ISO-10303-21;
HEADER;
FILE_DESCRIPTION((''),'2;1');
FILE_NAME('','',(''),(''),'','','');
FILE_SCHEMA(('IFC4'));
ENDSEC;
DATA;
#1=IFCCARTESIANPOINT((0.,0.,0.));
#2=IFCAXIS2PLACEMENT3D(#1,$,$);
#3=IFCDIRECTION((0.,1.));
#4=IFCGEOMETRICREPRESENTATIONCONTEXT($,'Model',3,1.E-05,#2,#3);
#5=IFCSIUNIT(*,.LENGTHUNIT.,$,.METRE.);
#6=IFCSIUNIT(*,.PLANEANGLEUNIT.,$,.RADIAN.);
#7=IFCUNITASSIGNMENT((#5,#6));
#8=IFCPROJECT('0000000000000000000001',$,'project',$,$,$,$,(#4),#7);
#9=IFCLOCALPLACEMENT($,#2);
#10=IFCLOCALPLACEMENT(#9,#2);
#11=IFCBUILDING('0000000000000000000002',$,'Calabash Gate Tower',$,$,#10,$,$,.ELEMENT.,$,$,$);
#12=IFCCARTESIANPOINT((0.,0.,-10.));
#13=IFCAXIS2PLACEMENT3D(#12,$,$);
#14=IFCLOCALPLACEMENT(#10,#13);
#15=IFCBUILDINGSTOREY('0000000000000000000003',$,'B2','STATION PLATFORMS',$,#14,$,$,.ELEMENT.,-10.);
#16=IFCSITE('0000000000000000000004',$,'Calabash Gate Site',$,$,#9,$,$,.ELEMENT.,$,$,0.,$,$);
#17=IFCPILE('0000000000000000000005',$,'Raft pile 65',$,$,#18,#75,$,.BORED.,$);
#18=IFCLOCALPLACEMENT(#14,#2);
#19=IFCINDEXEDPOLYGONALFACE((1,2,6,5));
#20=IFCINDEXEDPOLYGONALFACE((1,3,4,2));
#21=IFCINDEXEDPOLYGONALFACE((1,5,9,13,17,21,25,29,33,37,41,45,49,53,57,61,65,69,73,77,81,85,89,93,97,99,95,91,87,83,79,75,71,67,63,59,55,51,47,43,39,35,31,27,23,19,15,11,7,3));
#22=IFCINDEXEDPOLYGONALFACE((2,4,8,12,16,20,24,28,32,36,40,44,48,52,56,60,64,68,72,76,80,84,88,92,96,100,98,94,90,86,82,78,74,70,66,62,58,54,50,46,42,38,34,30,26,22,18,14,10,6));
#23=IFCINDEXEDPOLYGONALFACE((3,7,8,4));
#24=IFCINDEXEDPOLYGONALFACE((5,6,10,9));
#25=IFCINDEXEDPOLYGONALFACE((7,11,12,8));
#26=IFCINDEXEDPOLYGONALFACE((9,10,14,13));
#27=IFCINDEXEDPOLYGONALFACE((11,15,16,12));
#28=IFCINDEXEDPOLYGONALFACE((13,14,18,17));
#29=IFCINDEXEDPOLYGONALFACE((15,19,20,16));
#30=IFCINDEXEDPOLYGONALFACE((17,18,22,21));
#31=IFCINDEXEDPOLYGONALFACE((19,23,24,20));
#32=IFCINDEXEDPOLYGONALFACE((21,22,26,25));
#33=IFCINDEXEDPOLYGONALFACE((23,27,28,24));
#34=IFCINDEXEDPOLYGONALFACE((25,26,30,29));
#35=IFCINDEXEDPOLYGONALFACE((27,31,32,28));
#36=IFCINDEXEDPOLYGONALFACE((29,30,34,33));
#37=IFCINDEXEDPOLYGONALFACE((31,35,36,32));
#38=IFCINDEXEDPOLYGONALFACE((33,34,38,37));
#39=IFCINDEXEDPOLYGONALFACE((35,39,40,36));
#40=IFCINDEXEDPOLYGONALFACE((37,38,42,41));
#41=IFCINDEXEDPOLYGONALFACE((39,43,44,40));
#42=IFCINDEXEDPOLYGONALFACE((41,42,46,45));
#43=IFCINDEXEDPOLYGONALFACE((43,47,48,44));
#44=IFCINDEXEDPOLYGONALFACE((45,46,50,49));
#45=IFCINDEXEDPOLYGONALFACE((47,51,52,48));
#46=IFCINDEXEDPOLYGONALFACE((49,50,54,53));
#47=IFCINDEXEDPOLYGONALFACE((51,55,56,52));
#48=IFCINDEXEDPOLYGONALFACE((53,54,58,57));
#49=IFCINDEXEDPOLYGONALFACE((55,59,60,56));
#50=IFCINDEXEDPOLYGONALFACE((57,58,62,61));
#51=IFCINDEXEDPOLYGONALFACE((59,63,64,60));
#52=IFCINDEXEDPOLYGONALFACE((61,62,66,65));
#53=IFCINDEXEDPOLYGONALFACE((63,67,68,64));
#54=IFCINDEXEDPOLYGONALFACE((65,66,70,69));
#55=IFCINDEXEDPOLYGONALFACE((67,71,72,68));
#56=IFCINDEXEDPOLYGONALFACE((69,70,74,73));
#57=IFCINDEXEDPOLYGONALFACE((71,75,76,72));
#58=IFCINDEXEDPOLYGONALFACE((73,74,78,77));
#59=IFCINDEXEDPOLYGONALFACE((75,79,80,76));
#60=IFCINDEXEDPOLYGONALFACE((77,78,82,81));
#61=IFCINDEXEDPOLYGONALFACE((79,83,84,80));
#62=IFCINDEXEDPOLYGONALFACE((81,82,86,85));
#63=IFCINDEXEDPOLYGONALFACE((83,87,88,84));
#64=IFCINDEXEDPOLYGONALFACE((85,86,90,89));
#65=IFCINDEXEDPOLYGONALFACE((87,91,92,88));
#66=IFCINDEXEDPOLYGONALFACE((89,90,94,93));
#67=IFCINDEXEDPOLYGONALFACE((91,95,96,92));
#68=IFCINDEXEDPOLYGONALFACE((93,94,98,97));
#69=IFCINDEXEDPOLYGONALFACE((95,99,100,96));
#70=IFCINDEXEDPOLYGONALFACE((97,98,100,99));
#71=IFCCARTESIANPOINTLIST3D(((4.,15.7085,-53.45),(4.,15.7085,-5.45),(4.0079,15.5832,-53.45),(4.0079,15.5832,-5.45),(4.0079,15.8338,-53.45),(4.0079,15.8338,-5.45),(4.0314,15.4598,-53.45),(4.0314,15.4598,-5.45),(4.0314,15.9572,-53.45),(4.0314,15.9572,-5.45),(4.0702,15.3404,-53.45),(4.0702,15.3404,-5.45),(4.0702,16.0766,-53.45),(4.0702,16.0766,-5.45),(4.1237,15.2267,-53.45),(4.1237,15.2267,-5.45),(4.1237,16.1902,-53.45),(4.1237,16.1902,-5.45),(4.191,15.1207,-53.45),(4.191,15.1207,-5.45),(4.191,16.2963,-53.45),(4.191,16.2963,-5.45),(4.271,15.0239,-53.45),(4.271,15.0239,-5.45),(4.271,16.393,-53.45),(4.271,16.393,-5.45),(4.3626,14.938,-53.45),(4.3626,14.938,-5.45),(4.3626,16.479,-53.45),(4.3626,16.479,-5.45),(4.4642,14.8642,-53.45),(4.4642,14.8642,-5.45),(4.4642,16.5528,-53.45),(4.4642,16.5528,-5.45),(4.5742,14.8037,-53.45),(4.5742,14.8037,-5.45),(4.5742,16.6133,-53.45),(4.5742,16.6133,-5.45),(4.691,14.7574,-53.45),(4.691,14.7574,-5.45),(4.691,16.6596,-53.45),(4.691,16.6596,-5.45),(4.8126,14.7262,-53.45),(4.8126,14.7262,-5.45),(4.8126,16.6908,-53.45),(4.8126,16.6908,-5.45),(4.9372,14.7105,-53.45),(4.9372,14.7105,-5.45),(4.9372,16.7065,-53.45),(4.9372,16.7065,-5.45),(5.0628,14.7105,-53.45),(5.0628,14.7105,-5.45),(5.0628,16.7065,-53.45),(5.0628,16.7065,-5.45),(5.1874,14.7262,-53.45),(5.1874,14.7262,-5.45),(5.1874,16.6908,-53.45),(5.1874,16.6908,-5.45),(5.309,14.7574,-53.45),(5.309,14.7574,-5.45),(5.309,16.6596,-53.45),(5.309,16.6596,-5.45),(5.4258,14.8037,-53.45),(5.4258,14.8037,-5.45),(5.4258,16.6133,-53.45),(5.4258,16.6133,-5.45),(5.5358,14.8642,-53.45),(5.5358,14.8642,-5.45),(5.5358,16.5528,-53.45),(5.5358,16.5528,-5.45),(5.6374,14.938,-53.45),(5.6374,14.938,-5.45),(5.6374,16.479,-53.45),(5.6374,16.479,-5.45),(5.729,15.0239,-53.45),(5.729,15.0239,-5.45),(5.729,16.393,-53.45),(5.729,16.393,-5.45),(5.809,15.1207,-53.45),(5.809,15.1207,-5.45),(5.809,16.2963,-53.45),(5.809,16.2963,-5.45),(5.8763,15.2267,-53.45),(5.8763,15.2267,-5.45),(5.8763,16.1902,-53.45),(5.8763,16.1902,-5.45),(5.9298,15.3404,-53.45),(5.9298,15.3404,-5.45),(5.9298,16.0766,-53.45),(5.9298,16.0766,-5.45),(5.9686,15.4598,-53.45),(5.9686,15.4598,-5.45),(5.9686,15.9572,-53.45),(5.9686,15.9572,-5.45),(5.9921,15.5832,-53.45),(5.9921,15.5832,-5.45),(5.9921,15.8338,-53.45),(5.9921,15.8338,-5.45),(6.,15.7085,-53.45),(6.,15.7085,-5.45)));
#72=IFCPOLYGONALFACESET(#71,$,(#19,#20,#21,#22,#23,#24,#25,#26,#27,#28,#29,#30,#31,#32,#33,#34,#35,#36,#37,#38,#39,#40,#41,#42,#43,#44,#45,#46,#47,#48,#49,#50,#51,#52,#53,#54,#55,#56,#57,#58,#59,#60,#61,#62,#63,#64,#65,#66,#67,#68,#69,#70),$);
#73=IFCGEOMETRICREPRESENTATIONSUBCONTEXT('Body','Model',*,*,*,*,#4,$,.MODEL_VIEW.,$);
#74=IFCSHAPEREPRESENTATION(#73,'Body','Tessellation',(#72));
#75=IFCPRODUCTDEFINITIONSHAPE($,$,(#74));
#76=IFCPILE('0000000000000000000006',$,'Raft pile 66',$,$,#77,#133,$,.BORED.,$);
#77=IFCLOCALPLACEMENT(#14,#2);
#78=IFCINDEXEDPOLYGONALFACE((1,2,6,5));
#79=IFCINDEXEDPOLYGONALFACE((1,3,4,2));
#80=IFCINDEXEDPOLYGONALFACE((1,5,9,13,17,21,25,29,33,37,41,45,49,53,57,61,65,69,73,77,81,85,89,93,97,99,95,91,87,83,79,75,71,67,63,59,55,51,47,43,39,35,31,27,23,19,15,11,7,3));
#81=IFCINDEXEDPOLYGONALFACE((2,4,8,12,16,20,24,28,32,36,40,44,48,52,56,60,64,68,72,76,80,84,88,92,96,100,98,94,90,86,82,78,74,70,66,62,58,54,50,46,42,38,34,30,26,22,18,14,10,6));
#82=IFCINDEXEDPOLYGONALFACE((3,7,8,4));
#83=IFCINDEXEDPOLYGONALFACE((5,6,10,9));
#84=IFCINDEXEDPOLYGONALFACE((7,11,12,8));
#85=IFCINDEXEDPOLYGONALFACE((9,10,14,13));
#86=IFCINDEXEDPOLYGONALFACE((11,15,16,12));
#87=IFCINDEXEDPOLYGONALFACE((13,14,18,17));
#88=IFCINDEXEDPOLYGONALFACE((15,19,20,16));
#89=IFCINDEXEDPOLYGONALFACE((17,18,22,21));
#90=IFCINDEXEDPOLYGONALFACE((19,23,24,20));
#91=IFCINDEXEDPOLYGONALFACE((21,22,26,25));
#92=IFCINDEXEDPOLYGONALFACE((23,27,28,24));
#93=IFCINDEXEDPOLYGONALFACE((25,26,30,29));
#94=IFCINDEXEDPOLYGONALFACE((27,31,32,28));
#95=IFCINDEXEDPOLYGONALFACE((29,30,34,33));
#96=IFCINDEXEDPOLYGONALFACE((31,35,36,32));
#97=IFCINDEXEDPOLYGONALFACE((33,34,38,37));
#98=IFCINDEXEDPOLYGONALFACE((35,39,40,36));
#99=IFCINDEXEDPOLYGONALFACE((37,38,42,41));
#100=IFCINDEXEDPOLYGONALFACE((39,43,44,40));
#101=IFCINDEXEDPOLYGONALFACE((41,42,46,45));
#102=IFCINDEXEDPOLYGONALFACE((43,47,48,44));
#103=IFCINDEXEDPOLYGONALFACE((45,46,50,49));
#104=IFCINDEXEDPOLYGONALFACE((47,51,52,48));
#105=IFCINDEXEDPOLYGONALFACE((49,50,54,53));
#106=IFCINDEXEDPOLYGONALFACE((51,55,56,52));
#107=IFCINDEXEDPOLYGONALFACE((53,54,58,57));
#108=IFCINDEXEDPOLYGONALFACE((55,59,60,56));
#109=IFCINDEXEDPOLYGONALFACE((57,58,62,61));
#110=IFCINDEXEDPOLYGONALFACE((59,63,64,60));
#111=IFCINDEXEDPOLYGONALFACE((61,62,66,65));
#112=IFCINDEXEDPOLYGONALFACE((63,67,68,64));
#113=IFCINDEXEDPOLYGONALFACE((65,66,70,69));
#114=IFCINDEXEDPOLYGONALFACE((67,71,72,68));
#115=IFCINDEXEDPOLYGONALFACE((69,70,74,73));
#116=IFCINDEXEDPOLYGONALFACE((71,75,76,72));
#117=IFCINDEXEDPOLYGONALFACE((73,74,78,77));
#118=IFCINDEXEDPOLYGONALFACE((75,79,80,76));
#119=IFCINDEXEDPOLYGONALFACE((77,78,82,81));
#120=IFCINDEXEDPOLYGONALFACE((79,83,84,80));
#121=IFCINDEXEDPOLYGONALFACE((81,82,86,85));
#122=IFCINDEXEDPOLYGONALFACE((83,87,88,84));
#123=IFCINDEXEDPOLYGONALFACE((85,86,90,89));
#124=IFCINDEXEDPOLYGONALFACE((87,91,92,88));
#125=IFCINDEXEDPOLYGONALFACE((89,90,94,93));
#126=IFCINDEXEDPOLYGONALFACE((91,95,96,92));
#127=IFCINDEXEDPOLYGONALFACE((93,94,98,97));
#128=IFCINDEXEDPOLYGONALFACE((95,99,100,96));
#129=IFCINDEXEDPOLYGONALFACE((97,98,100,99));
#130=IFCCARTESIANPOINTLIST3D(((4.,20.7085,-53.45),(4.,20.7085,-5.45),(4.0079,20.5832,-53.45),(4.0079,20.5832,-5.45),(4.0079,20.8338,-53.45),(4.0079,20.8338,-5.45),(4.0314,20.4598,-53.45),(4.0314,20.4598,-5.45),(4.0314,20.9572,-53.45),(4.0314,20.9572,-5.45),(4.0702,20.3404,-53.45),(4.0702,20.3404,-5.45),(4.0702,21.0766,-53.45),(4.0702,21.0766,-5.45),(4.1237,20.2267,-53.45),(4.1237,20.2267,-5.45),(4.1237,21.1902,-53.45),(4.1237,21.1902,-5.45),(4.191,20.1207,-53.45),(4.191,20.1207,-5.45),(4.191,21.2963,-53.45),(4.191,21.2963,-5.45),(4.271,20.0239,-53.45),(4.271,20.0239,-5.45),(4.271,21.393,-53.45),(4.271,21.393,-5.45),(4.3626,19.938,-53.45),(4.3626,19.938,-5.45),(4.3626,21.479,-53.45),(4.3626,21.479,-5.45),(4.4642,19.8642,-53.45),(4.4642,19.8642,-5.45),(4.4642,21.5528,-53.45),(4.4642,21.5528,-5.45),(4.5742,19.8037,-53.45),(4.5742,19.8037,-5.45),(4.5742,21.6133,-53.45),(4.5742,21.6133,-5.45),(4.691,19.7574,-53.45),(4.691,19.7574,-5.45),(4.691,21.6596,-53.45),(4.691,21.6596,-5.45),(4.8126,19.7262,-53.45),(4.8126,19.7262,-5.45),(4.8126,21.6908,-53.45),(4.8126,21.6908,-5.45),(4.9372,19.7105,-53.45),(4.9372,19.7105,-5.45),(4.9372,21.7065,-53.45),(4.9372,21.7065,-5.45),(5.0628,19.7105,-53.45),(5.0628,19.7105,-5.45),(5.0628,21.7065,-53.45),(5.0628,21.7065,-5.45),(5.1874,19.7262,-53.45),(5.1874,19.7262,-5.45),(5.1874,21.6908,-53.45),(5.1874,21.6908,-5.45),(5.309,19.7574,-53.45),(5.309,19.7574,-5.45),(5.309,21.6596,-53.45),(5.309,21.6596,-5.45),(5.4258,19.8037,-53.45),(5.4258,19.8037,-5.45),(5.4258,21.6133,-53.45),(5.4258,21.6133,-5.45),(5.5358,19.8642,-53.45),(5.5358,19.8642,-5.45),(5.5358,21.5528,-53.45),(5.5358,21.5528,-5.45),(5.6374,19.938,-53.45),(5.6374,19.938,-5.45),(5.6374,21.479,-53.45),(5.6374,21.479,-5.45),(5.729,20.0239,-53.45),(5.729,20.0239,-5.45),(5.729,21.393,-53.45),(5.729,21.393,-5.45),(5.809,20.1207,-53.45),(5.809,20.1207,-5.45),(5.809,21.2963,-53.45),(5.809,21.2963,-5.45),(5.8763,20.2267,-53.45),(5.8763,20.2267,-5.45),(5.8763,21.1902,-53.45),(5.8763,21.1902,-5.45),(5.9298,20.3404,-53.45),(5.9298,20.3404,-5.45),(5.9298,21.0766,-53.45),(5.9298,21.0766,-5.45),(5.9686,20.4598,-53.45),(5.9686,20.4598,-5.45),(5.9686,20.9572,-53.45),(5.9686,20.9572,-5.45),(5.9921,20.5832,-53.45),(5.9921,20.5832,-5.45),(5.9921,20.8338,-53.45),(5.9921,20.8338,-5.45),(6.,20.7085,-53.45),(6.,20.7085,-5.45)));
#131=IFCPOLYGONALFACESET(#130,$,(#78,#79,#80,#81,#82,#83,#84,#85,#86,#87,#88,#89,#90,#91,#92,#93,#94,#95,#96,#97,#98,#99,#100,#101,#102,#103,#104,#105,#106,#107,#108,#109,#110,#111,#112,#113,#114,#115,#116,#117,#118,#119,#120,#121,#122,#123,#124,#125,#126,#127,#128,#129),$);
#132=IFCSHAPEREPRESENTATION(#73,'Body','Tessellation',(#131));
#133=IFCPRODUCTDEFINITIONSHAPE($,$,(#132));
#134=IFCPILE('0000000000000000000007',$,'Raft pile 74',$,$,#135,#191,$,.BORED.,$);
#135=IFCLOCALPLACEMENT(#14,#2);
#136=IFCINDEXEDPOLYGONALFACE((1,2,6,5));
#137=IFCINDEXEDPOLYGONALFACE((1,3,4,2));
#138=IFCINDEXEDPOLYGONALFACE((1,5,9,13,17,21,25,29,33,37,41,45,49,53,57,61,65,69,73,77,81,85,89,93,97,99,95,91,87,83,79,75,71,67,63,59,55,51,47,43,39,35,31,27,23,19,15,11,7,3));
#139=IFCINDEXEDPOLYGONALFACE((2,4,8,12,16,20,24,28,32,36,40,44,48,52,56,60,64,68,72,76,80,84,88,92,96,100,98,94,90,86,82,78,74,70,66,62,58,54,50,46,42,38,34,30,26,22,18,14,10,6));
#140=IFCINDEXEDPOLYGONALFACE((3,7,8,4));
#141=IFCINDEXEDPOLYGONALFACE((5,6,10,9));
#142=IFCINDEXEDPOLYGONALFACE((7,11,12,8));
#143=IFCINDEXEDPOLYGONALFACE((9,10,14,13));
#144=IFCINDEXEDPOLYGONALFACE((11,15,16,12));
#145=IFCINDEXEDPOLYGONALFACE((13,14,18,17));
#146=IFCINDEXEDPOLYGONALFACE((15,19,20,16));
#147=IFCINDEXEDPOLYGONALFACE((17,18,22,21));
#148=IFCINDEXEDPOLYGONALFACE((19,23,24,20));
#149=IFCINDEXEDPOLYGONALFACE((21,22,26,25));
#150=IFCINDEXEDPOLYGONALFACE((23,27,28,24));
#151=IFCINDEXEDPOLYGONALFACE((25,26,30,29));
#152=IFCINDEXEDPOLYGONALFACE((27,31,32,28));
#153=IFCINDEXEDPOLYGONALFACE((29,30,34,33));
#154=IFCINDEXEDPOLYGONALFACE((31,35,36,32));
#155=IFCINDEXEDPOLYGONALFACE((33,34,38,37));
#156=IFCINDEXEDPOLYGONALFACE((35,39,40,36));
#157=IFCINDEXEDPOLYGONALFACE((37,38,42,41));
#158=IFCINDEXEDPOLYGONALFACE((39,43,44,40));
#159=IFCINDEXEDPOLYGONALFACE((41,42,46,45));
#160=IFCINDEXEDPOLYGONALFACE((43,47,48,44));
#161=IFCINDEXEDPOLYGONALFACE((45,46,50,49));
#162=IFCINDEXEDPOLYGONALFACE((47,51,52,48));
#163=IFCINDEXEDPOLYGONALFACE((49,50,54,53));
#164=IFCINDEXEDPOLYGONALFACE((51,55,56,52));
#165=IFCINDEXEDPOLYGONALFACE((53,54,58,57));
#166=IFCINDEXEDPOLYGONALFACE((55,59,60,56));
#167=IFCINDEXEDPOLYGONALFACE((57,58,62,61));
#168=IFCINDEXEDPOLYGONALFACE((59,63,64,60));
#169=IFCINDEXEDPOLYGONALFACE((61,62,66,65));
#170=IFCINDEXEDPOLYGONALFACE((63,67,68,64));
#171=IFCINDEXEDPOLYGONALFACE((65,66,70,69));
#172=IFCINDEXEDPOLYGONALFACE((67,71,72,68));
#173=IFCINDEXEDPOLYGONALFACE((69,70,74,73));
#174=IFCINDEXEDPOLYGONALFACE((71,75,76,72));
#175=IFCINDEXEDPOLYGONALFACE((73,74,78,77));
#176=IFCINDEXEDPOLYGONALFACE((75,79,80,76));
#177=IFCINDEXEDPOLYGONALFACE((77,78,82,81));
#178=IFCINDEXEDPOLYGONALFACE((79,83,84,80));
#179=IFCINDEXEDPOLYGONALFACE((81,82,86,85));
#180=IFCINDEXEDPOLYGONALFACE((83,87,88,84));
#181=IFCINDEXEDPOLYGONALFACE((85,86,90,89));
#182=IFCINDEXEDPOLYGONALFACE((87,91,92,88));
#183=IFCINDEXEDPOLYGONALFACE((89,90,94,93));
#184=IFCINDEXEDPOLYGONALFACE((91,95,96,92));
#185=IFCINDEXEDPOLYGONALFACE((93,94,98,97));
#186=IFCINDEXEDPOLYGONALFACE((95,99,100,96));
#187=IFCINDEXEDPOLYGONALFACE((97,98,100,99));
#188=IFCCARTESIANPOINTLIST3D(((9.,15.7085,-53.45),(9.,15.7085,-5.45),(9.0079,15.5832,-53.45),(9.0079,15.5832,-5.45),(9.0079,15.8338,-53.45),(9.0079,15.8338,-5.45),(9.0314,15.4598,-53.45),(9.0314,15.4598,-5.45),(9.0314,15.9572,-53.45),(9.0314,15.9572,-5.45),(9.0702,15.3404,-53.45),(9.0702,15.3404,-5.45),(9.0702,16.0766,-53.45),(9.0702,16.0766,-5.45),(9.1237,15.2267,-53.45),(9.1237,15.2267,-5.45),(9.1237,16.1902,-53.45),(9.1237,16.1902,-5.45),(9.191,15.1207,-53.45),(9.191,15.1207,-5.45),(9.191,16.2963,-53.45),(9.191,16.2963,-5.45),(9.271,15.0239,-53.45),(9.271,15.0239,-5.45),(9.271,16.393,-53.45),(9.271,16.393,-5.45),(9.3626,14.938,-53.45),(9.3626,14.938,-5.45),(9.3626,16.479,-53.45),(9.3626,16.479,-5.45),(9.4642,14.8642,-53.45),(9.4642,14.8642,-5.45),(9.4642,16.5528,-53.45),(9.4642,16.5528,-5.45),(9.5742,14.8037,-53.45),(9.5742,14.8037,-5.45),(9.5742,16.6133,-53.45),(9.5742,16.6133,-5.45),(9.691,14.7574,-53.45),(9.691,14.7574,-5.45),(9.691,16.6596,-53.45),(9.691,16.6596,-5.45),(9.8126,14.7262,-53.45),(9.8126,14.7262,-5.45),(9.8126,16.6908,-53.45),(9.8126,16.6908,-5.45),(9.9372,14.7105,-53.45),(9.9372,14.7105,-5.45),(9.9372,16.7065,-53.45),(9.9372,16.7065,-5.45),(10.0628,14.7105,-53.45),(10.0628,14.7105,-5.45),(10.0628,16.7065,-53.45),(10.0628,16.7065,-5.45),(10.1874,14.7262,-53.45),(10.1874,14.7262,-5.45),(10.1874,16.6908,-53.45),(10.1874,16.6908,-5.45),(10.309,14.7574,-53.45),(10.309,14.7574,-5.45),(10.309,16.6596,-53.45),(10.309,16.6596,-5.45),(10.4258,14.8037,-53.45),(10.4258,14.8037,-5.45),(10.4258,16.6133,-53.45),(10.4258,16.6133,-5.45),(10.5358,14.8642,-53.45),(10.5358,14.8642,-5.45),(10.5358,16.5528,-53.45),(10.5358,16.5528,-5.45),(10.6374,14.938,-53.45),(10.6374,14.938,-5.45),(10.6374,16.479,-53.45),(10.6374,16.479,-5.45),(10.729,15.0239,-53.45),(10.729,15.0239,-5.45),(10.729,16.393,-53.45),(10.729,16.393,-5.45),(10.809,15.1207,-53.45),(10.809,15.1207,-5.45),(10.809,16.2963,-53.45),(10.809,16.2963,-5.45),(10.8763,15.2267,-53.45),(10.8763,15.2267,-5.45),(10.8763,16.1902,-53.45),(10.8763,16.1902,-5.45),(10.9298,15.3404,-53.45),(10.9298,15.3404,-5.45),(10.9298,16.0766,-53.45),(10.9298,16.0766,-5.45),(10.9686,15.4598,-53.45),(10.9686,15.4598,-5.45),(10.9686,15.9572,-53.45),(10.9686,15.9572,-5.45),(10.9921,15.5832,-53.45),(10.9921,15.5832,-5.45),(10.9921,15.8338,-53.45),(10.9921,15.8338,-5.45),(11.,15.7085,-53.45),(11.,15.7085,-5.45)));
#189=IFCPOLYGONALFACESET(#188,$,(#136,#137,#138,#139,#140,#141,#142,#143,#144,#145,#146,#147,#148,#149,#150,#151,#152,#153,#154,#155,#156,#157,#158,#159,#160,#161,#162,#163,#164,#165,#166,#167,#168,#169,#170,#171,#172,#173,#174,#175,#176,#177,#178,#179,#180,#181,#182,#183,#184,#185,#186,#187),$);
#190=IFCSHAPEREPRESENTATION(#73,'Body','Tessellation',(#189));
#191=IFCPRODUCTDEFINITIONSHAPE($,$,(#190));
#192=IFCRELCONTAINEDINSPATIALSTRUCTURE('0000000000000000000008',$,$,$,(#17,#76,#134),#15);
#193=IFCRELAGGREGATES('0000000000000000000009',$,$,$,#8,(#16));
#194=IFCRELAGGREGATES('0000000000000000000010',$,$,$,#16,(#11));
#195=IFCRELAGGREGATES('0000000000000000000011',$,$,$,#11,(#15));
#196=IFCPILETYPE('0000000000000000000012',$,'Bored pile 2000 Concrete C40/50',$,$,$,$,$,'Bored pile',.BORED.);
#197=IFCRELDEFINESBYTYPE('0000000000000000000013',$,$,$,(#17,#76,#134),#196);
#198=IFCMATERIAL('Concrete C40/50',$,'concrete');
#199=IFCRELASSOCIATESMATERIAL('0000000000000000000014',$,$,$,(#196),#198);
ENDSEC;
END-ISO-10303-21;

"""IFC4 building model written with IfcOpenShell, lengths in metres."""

from ifc_helpers import new_model, si_unit, direction, frame, origin, origin_2d, place, context, subcontext, project, spatial, circle, extrude, material, material_profile, profile_set, type_object, element, save


model = new_model("IFC4")

# Units and contexts
model_context = context("Model", 3, precision=1e-05, world=origin(), true_north=direction((0.0, 1.0)))
body_context = subcontext(model_context, "Body", "Model", "MODEL_VIEW")
ifc_project = project(units=[si_unit("LENGTHUNIT", "METRE"), si_unit("PLANEANGLEUNIT", "RADIAN")], contexts=[model_context])

# Site, building, storey
site_placement = place(None, origin())
site = spatial("IfcSite", under=ifc_project, at=site_placement, Name="Calabash Gate Site", CompositionType="ELEMENT", RefElevation=0.0)
building_placement = place(site_placement, origin())
building = spatial("IfcBuilding", under=site, at=building_placement, Name="Calabash Gate Tower", CompositionType="ELEMENT")
storey_placement = place(building_placement, frame((0.0, 0.0, -10.0)))
storey = spatial("IfcBuildingStorey", under=building, at=storey_placement, Name="B2", Description="STATION PLATFORMS", CompositionType="ELEMENT", Elevation=-10.0)

# Piles
ifc_material_1 = material(Name="Concrete C40/50", Category="concrete")
ifc_material_profile_1 = material_profile(ifc_material_1, circle(Radius=1.0, at=origin_2d()))
ifc_profile_set_1 = profile_set([ifc_material_profile_1], Name="Concrete C40/50")
pile_type = type_object("IfcPileType", Name="Bored pile 2000 Concrete C40/50", ElementType="Bored pile", PredefinedType="BORED", material=ifc_profile_set_1)
for number, where, z_axis, x_axis, name in (
    (1, (5.0, 15.7085, -5.45), (0.0, 0.0, -1.0), (1.0, 0.0, 0.0), "Raft pile 65"),
    (2, (5.0, 20.7085, -5.45), (0.0, 0.0, -1.0), (1.0, 0.0, 0.0), "Raft pile 66"),
    (3, (10.0, 15.7085, -5.45), (0.0, 0.0, -1.0), (1.0, 0.0, 0.0), "Raft pile 74"),
):
    element("IfcPile", number, at=place(storey_placement, frame(where, z_axis=z_axis, x_axis=x_axis)), inside=storey, type_object=pile_type, Name=name, PredefinedType="BORED", context=body_context, shape_type="SweptSolid", body=[
        extrude(circle(Radius=1.0, at=origin_2d()), origin(), (0.0, 0.0, 1.0), 48.0),
    ])

save(model, "model.ifc")
